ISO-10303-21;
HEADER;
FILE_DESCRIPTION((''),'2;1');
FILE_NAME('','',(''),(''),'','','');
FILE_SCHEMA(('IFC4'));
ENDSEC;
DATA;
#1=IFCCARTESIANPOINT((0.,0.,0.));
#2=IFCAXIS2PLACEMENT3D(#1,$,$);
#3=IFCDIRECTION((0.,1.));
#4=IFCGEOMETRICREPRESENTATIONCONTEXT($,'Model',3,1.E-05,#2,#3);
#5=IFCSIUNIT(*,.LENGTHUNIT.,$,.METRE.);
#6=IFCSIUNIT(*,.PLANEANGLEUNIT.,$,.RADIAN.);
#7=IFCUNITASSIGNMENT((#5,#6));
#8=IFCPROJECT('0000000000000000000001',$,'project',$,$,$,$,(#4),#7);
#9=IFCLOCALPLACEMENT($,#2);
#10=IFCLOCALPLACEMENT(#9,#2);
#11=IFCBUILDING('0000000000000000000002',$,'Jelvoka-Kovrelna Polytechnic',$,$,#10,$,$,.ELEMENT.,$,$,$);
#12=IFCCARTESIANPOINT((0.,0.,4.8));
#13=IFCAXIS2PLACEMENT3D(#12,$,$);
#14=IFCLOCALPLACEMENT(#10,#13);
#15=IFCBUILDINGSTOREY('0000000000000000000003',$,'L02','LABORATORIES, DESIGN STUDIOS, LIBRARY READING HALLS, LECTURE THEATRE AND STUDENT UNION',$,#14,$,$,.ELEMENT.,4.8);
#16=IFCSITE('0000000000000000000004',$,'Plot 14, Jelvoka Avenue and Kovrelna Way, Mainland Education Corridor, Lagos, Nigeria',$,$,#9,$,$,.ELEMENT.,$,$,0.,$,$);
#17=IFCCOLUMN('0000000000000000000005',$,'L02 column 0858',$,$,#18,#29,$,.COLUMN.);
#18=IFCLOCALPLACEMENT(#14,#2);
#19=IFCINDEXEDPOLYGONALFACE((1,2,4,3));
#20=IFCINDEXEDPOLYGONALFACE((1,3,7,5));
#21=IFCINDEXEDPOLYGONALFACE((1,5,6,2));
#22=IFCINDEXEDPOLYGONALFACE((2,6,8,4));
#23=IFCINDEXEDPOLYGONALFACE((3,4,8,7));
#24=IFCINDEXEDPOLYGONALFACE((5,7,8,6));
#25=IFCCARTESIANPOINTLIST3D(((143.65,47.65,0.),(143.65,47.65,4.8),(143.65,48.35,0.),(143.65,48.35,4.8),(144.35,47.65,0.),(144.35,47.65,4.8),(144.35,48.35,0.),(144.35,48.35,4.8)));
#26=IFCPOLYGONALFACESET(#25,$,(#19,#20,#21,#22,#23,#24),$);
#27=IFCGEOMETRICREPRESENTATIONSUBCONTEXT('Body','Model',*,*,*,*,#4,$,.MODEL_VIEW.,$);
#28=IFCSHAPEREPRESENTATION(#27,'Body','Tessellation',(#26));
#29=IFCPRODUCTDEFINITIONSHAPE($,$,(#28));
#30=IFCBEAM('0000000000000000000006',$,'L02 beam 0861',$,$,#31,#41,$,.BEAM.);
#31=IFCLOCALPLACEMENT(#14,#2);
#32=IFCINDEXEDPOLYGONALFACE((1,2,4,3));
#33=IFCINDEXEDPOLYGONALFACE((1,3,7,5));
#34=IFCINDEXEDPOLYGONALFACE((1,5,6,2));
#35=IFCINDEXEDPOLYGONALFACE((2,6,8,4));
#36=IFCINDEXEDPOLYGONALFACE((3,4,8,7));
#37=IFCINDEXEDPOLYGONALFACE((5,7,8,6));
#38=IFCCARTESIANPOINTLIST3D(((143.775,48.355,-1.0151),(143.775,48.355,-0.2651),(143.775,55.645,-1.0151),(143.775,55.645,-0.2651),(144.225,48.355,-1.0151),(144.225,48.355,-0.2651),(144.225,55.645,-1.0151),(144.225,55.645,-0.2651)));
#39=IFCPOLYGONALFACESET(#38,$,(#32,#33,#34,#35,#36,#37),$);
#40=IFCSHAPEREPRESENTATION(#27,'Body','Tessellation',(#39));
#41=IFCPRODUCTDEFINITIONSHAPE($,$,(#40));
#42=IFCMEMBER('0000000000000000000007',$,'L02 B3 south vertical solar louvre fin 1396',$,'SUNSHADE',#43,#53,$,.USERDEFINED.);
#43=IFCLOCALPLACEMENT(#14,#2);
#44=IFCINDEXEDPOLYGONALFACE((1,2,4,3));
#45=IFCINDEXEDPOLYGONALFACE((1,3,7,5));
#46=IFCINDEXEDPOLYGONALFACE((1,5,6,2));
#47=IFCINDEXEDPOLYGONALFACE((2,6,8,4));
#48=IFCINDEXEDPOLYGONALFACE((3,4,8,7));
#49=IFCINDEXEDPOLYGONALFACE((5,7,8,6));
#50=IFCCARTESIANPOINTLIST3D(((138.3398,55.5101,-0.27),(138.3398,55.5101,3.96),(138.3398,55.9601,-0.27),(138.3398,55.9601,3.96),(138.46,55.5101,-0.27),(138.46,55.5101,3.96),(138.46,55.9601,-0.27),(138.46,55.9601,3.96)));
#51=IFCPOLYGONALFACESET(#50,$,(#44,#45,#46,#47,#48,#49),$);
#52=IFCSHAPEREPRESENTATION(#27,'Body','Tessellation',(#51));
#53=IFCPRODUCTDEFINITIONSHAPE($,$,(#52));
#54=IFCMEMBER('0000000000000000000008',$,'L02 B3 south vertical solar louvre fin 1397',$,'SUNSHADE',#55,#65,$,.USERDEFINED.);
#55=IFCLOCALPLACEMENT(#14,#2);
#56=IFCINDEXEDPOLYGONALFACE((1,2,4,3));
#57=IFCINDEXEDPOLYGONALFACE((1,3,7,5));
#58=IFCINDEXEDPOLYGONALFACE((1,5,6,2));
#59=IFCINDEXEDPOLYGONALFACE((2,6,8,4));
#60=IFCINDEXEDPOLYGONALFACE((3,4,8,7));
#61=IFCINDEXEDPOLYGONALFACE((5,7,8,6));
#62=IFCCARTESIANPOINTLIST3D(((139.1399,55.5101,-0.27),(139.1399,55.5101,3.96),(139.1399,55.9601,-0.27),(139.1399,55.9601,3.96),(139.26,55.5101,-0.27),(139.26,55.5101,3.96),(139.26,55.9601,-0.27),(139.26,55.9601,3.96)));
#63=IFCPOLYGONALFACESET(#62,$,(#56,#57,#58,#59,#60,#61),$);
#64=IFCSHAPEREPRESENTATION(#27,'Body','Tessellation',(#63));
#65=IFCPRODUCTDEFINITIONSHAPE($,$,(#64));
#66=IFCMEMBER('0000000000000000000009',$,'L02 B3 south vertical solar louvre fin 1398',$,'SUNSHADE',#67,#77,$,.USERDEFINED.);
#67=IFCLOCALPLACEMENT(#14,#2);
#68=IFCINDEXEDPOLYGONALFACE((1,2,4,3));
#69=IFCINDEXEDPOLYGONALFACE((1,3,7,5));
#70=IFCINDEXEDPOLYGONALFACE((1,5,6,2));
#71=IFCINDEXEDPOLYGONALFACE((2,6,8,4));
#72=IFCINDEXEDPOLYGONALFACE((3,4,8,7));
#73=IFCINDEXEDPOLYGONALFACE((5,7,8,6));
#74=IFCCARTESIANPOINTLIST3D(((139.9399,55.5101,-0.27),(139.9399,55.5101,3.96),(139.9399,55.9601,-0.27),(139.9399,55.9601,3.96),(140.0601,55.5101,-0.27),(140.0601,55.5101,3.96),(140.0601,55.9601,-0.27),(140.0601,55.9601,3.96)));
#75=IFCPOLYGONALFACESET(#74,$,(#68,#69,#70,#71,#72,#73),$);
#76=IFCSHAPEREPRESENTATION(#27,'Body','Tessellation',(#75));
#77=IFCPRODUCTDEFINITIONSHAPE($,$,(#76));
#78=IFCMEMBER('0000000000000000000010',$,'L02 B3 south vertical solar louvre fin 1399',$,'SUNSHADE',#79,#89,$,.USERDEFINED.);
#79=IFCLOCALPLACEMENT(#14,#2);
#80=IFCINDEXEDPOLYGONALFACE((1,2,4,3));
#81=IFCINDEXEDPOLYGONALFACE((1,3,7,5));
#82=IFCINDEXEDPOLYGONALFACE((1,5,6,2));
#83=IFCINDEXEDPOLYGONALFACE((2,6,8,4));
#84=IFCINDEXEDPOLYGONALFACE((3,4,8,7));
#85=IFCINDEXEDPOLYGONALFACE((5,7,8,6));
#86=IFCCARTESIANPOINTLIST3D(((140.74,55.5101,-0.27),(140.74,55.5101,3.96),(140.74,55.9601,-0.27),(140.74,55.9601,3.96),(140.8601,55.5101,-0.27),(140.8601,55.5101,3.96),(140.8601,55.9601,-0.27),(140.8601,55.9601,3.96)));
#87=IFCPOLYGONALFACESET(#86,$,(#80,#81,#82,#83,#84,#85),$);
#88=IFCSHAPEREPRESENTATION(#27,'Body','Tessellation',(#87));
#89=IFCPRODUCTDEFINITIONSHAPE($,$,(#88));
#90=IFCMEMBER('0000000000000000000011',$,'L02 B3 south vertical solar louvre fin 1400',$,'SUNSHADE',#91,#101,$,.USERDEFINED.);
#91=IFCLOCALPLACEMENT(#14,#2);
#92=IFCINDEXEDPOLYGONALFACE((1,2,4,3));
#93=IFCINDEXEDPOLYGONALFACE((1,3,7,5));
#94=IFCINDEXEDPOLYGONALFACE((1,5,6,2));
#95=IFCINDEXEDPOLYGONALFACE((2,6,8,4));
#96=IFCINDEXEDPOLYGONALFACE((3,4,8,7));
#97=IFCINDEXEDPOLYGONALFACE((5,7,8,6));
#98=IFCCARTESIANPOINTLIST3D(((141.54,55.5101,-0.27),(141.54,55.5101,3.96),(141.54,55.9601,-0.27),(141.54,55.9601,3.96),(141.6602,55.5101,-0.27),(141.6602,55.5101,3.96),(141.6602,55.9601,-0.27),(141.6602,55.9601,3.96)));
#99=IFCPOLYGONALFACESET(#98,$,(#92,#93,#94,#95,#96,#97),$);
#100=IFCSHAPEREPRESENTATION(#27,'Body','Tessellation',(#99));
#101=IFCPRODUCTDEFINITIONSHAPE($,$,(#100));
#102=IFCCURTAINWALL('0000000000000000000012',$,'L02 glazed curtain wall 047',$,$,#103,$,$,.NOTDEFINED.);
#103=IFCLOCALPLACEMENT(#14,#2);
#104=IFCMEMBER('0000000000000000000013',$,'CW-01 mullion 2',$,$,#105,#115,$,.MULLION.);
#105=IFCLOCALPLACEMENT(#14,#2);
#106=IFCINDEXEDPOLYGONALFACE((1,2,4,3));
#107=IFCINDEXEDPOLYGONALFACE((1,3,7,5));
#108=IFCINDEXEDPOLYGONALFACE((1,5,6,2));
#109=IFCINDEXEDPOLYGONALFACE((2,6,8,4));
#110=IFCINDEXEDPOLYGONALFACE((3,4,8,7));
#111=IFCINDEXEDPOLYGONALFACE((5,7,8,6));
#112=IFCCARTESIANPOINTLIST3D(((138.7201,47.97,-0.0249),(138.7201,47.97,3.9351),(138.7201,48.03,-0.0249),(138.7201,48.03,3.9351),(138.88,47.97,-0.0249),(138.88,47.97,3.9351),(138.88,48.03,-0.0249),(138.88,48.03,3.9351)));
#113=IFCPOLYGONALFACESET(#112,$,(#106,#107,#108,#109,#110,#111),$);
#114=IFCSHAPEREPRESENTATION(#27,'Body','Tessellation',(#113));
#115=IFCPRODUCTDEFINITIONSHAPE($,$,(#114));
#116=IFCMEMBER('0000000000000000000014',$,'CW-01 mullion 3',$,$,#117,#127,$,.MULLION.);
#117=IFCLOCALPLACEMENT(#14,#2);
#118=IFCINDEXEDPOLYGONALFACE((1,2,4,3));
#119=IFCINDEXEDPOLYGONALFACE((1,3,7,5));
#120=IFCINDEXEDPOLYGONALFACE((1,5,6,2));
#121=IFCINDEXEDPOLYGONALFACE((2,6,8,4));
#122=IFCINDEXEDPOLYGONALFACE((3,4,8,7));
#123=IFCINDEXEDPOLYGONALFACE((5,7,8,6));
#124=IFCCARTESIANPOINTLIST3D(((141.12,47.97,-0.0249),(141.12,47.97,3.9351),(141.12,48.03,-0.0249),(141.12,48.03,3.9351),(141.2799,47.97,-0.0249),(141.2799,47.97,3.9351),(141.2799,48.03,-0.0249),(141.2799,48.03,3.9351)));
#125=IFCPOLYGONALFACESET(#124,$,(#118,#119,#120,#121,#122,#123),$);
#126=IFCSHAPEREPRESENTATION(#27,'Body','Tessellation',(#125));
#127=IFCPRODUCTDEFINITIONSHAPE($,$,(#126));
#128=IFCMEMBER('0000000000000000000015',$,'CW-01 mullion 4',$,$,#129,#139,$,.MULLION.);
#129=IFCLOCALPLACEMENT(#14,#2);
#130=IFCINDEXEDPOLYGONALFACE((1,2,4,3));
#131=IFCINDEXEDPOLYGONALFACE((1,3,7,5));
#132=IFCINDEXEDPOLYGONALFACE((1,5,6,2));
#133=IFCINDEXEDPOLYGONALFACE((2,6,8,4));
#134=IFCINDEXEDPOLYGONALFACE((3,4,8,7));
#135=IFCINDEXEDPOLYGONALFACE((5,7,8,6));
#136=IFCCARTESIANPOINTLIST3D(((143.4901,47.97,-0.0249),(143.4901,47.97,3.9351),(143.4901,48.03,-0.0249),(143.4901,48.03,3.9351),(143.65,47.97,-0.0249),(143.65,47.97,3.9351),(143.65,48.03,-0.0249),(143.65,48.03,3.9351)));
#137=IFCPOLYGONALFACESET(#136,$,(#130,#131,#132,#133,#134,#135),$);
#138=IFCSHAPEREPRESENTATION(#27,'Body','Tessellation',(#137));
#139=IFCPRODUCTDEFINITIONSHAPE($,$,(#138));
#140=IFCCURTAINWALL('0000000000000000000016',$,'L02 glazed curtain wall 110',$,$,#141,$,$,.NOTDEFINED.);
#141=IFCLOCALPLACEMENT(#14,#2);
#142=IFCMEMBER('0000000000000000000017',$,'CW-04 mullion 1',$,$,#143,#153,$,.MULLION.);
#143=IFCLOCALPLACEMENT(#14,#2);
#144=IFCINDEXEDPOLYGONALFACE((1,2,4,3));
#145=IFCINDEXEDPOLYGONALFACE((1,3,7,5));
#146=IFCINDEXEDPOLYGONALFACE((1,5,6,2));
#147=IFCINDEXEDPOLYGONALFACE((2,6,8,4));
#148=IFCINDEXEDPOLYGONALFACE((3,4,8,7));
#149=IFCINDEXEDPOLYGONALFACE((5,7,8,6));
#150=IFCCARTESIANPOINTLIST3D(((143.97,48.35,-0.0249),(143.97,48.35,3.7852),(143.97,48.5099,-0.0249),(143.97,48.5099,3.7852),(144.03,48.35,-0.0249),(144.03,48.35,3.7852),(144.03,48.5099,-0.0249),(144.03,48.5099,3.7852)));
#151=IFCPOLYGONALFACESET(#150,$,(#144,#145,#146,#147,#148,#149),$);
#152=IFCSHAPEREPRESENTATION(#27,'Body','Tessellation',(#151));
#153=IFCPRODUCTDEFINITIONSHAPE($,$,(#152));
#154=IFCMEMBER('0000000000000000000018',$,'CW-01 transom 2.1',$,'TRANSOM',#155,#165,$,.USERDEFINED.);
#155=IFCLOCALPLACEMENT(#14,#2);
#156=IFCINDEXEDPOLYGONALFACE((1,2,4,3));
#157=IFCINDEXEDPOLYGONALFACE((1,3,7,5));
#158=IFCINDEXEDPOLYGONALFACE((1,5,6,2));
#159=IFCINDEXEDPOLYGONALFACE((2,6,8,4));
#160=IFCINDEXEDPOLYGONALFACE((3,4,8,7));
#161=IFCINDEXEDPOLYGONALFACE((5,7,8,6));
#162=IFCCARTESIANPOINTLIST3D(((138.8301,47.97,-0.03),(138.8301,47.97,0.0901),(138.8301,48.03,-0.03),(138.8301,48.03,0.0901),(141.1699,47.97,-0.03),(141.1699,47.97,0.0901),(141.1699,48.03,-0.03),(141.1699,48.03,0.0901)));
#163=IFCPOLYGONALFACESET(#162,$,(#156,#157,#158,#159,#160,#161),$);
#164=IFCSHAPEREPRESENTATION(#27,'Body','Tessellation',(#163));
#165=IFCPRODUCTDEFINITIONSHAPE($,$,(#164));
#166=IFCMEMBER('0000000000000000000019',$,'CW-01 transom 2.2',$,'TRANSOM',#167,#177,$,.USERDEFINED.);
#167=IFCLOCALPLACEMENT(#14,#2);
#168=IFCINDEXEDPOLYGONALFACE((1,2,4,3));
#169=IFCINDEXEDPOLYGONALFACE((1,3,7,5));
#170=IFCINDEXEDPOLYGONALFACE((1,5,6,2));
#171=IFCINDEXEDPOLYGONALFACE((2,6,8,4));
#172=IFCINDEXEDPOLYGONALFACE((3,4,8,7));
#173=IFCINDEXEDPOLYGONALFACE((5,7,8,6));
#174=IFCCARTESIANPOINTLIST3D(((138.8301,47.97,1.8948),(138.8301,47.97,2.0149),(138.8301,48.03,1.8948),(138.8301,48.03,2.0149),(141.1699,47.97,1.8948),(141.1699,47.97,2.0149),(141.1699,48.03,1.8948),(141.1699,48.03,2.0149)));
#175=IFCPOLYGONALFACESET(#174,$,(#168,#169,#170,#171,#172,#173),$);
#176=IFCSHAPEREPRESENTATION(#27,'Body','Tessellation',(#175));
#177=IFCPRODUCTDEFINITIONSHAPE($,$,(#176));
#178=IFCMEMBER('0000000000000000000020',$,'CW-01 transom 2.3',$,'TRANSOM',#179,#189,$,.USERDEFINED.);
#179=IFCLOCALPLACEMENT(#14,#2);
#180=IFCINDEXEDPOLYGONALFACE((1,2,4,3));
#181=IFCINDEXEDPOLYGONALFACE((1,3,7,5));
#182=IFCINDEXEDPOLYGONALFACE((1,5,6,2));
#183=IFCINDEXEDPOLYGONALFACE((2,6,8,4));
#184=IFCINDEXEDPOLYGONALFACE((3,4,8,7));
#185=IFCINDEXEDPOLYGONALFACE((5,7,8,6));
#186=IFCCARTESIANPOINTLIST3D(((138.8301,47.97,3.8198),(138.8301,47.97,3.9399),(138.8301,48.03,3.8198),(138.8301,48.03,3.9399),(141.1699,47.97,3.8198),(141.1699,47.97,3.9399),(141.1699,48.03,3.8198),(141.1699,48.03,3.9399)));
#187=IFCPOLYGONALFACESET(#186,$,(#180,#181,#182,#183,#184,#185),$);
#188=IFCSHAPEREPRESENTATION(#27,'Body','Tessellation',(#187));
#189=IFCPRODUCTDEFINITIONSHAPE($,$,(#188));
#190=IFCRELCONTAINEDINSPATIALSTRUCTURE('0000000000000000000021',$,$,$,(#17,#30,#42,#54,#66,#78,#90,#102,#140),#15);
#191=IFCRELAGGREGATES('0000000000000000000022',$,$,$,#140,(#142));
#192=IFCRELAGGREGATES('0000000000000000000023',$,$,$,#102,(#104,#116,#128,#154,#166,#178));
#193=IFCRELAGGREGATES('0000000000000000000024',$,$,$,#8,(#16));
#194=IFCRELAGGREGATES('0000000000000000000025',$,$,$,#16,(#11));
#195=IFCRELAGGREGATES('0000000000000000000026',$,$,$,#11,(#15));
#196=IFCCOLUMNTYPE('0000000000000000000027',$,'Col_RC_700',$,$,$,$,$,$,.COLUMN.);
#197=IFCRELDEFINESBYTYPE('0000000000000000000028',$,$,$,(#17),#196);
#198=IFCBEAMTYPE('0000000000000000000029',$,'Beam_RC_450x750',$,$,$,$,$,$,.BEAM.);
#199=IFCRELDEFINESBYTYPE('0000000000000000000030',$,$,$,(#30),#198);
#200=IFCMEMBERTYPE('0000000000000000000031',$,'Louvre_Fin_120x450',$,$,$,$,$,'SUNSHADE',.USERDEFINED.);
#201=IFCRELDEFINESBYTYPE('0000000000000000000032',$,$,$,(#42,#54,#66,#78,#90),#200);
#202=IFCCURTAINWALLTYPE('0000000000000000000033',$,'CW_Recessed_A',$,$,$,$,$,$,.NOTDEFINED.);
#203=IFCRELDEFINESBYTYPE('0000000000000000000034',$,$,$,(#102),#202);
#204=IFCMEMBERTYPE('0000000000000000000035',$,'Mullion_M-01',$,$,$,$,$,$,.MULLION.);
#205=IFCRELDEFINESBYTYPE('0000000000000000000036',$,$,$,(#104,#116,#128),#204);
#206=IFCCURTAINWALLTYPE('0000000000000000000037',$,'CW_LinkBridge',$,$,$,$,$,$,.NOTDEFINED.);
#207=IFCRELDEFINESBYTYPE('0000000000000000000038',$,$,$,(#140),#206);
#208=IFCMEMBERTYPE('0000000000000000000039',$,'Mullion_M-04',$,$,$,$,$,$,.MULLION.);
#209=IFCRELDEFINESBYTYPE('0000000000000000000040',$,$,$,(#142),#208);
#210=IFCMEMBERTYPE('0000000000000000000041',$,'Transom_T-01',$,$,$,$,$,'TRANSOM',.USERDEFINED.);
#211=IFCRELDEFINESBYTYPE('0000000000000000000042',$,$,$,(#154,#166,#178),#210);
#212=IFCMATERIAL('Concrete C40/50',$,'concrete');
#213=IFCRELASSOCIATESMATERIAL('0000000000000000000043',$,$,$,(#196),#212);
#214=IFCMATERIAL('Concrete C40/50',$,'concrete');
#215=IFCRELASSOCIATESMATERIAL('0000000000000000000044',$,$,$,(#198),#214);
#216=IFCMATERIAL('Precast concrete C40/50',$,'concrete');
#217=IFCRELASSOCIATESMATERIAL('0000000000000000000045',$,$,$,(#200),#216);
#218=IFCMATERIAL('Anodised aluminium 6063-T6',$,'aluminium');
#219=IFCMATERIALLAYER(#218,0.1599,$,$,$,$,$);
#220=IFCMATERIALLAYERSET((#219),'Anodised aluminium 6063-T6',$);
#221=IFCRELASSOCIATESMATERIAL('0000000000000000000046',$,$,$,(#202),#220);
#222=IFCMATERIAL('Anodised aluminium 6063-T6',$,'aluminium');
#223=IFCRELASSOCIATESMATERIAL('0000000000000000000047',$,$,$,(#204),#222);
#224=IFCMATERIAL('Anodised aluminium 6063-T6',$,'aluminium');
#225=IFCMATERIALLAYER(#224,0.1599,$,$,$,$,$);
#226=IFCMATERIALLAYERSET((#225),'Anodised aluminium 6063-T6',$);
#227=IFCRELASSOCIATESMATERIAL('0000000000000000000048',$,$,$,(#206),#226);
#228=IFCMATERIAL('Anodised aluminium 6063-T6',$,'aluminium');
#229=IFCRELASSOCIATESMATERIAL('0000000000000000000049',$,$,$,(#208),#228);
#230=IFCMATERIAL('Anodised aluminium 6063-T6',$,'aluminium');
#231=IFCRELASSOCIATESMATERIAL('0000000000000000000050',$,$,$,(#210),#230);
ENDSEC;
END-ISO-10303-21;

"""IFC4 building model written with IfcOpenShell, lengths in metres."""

from ifc_helpers import new_model, si_unit, direction, frame, origin, origin_2d, place, context, subcontext, project, spatial, rectangle, extrude, material, layer, layer_set, material_profile, profile_set, type_object, element, aggregate, save


model = new_model("IFC4")

# Units and contexts
model_context = context("Model", 3, precision=1e-05, world=origin(), true_north=direction((0.0, 1.0)))
body_context = subcontext(model_context, "Body", "Model", "MODEL_VIEW")
ifc_project = project(units=[si_unit("LENGTHUNIT", "METRE"), si_unit("PLANEANGLEUNIT", "RADIAN")], contexts=[model_context])

# Site, building, storey
site_placement = place(None, origin())
site = spatial("IfcSite", under=ifc_project, at=site_placement, Name="Plot 14, Jelvoka Avenue and Kovrelna Way, Mainland Education Corridor, Lagos, Nigeria", CompositionType="ELEMENT", RefElevation=0.0)
building_placement = place(site_placement, origin())
building = spatial("IfcBuilding", under=site, at=building_placement, Name="Jelvoka-Kovrelna Polytechnic", CompositionType="ELEMENT")
storey_placement = place(building_placement, frame((0.0, 0.0, 4.8)))
storey = spatial("IfcBuildingStorey", under=building, at=storey_placement, Name="L02", Description="LABORATORIES, DESIGN STUDIOS, LIBRARY READING HALLS, LECTURE THEATRE AND STUDENT UNION", CompositionType="ELEMENT", Elevation=4.8)

# Column
ifc_material_1 = material(Name="Concrete C40/50", Category="concrete")
ifc_material_profile_1 = material_profile(ifc_material_1, rectangle(XDim=0.7, YDim=0.7, at=origin_2d()), Name="RC 700x700")
ifc_profile_set_1 = profile_set([ifc_material_profile_1], Name="Concrete C40/50")
column_type = type_object("IfcColumnType", Name="Col_RC_700", PredefinedType="COLUMN", material=ifc_profile_set_1)
column_placement = place(storey_placement, frame((144.0, 48.0, 0.0), z_axis=(0.0, 0.0, 1.0), x_axis=(1.0, 0.0, 0.0)))
element("IfcColumn", 1, at=column_placement, inside=storey, type_object=column_type, Name="L02 column 0858", PredefinedType="COLUMN", context=body_context, shape_type="SweptSolid", body=[
    extrude(rectangle(XDim=0.7, YDim=0.7, at=origin_2d()), origin(), (0.0, 0.0, 1.0), 4.8),
])

# Beam
ifc_material_2 = material(Name="Concrete C40/50", Category="concrete")
ifc_material_profile_2 = material_profile(ifc_material_2, rectangle(XDim=0.45, YDim=0.75, at=origin_2d()), Name="RC 450x750")
ifc_profile_set_2 = profile_set([ifc_material_profile_2], Name="Concrete C40/50")
beam_type = type_object("IfcBeamType", Name="Beam_RC_450x750", PredefinedType="BEAM", material=ifc_profile_set_2)
beam_placement = place(storey_placement, frame((144.0, 48.355, -0.6401), z_axis=(0.0, 1.0, 0.0), x_axis=(-1.0, 0.0, 0.0)))
element("IfcBeam", 2, at=beam_placement, inside=storey, type_object=beam_type, Name="L02 beam 0861", PredefinedType="BEAM", context=body_context, shape_type="SweptSolid", body=[
    extrude(rectangle(XDim=0.45, YDim=0.75, at=origin_2d()), origin(), (0.0, 0.0, 1.0), 7.29),
])

# Members
ifc_material_3 = material(Name="Precast concrete C40/50", Category="concrete")
ifc_material_profile_3 = material_profile(ifc_material_3, rectangle(XDim=0.1201, YDim=0.45, at=origin_2d()), Name="PC 120x450")
ifc_profile_set_3 = profile_set([ifc_material_profile_3], Name="Precast concrete C40/50")
member_type_1 = type_object("IfcMemberType", Name="Louvre_Fin_120x450", ElementType="SUNSHADE", PredefinedType="USERDEFINED", material=ifc_profile_set_3)
for number, where, z_axis, x_axis, name in (
    (3, (138.3999, 55.7351, -0.27), (0.0, 0.0, 1.0), (1.0, 0.0, 0.0), "L02 B3 south vertical solar louvre fin 1396"),
    (4, (139.2, 55.7351, -0.27), (0.0, 0.0, 1.0), (1.0, 0.0, 0.0), "L02 B3 south vertical solar louvre fin 1397"),
    (5, (140.0, 55.7351, -0.27), (0.0, 0.0, 1.0), (1.0, 0.0, 0.0), "L02 B3 south vertical solar louvre fin 1398"),
    (6, (140.8, 55.7351, -0.27), (0.0, 0.0, 1.0), (1.0, 0.0, 0.0), "L02 B3 south vertical solar louvre fin 1399"),
    (7, (141.6001, 55.7351, -0.27), (0.0, 0.0, 1.0), (1.0, 0.0, 0.0), "L02 B3 south vertical solar louvre fin 1400"),
):
    element("IfcMember", number, at=place(storey_placement, frame(where, z_axis=z_axis, x_axis=x_axis)), inside=storey, type_object=member_type_1, Name=name, ObjectType="SUNSHADE", PredefinedType="USERDEFINED", context=body_context, shape_type="SweptSolid", body=[
        extrude(rectangle(XDim=0.1201, YDim=0.45, at=origin_2d()), origin(), (0.0, 0.0, 1.0), 4.23),
    ])

# Curtain wall, members
ifc_material_4 = material(Name="Anodised aluminium 6063-T6", Category="aluminium")
ifc_layer_1 = layer(ifc_material_4, 0.1599)
ifc_layer_set_1 = layer_set([ifc_layer_1], Name="Anodised aluminium 6063-T6")
curtain_wall_type_1 = type_object("IfcCurtainWallType", Name="CW_Recessed_A", PredefinedType="NOTDEFINED", material=ifc_layer_set_1)
curtain_wall_1_placement = place(storey_placement, origin())
curtain_wall_1 = element("IfcCurtainWall", 8, at=curtain_wall_1_placement, inside=storey, type_object=curtain_wall_type_1, Name="L02 glazed curtain wall 047", PredefinedType="NOTDEFINED")
ifc_material_5 = material(Name="Anodised aluminium 6063-T6", Category="aluminium")
ifc_material_profile_4 = material_profile(ifc_material_5, rectangle(XDim=0.0601, YDim=0.1599, at=origin_2d()), Name="ALU 60x160")
ifc_profile_set_4 = profile_set([ifc_material_profile_4], Name="Anodised aluminium 6063-T6")
member_type_2 = type_object("IfcMemberType", Name="Mullion_M-01", PredefinedType="MULLION", material=ifc_profile_set_4)
member_1_placement = place(storey_placement, frame((138.8, 48.0, -0.0249), z_axis=(0.0, 0.0, 1.0), x_axis=(0.0, 1.0, 0.0)))
member_1 = element("IfcMember", 9, at=member_1_placement, type_object=member_type_2, Name="CW-01 mullion 2", PredefinedType="MULLION", context=body_context, shape_type="SweptSolid", body=[
    extrude(rectangle(XDim=0.0601, YDim=0.1599, at=origin_2d()), origin(), (0.0, 0.0, 1.0), 3.96),
])
member_2_placement = place(storey_placement, frame((141.2, 48.0, -0.0249), z_axis=(0.0, 0.0, 1.0), x_axis=(0.0, 1.0, 0.0)))
member_2 = element("IfcMember", 10, at=member_2_placement, type_object=member_type_2, Name="CW-01 mullion 3", PredefinedType="MULLION", context=body_context, shape_type="SweptSolid", body=[
    extrude(rectangle(XDim=0.0601, YDim=0.1599, at=origin_2d()), origin(), (0.0, 0.0, 1.0), 3.96),
])
member_3_placement = place(storey_placement, frame((143.5701, 48.0, -0.0249), z_axis=(0.0, 0.0, 1.0), x_axis=(0.0, 1.0, 0.0)))
member_3 = element("IfcMember", 11, at=member_3_placement, type_object=member_type_2, Name="CW-01 mullion 4", PredefinedType="MULLION", context=body_context, shape_type="SweptSolid", body=[
    extrude(rectangle(XDim=0.0601, YDim=0.1599, at=origin_2d()), origin(), (0.0, 0.0, 1.0), 3.96),
])

# Curtain wall, member
ifc_material_6 = material(Name="Anodised aluminium 6063-T6", Category="aluminium")
ifc_layer_2 = layer(ifc_material_6, 0.1599)
ifc_layer_set_2 = layer_set([ifc_layer_2], Name="Anodised aluminium 6063-T6")
curtain_wall_type_2 = type_object("IfcCurtainWallType", Name="CW_LinkBridge", PredefinedType="NOTDEFINED", material=ifc_layer_set_2)
curtain_wall_2_placement = place(storey_placement, origin())
curtain_wall_2 = element("IfcCurtainWall", 12, at=curtain_wall_2_placement, inside=storey, type_object=curtain_wall_type_2, Name="L02 glazed curtain wall 110", PredefinedType="NOTDEFINED")
ifc_material_7 = material(Name="Anodised aluminium 6063-T6", Category="aluminium")
ifc_material_profile_5 = material_profile(ifc_material_7, rectangle(XDim=0.0601, YDim=0.1599, at=origin_2d()), Name="ALU 60x160")
ifc_profile_set_5 = profile_set([ifc_material_profile_5], Name="Anodised aluminium 6063-T6")
member_type_3 = type_object("IfcMemberType", Name="Mullion_M-04", PredefinedType="MULLION", material=ifc_profile_set_5)
member_4_placement = place(storey_placement, frame((144.0, 48.4299, -0.0249), z_axis=(0.0, 0.0, 1.0), x_axis=(-1.0, 0.0, 0.0)))
member_4 = element("IfcMember", 13, at=member_4_placement, type_object=member_type_3, Name="CW-04 mullion 1", PredefinedType="MULLION", context=body_context, shape_type="SweptSolid", body=[
    extrude(rectangle(XDim=0.0601, YDim=0.1599, at=origin_2d()), origin(), (0.0, 0.0, 1.0), 3.8101),
])

# Members
ifc_material_8 = material(Name="Anodised aluminium 6063-T6", Category="aluminium")
ifc_material_profile_6 = material_profile(ifc_material_8, rectangle(XDim=0.0601, YDim=0.1201, at=origin_2d()), Name="ALU 60x120")
ifc_profile_set_6 = profile_set([ifc_material_profile_6], Name="Anodised aluminium 6063-T6")
member_type_4 = type_object("IfcMemberType", Name="Transom_T-01", ElementType="TRANSOM", PredefinedType="USERDEFINED", material=ifc_profile_set_6)
member_5_placement = place(storey_placement, frame((138.8301, 48.0, 0.03), z_axis=(1.0, 0.0, 0.0), x_axis=(0.0, 1.0, 0.0)))
member_5 = element("IfcMember", 14, at=member_5_placement, type_object=member_type_4, Name="CW-01 transom 2.1", ObjectType="TRANSOM", PredefinedType="USERDEFINED", context=body_context, shape_type="SweptSolid", body=[
    extrude(rectangle(XDim=0.0601, YDim=0.1201, at=origin_2d()), origin(), (0.0, 0.0, 1.0), 2.3398),
])
member_6_placement = place(storey_placement, frame((138.8301, 48.0, 1.9548), z_axis=(1.0, 0.0, 0.0), x_axis=(0.0, 1.0, 0.0)))
member_6 = element("IfcMember", 15, at=member_6_placement, type_object=member_type_4, Name="CW-01 transom 2.2", ObjectType="TRANSOM", PredefinedType="USERDEFINED", context=body_context, shape_type="SweptSolid", body=[
    extrude(rectangle(XDim=0.0601, YDim=0.1201, at=origin_2d()), origin(), (0.0, 0.0, 1.0), 2.3398),
])
member_7_placement = place(storey_placement, frame((138.8301, 48.0, 3.8799), z_axis=(1.0, 0.0, 0.0), x_axis=(0.0, 1.0, 0.0)))
member_7 = element("IfcMember", 16, at=member_7_placement, type_object=member_type_4, Name="CW-01 transom 2.3", ObjectType="TRANSOM", PredefinedType="USERDEFINED", context=body_context, shape_type="SweptSolid", body=[
    extrude(rectangle(XDim=0.0601, YDim=0.1201, at=origin_2d()), origin(), (0.0, 0.0, 1.0), 2.3398),
])
aggregate(curtain_wall_2, [member_4])

aggregate(curtain_wall_1, [member_1, member_2, member_3, member_5, member_6, member_7])

save(model, "model.ifc")
